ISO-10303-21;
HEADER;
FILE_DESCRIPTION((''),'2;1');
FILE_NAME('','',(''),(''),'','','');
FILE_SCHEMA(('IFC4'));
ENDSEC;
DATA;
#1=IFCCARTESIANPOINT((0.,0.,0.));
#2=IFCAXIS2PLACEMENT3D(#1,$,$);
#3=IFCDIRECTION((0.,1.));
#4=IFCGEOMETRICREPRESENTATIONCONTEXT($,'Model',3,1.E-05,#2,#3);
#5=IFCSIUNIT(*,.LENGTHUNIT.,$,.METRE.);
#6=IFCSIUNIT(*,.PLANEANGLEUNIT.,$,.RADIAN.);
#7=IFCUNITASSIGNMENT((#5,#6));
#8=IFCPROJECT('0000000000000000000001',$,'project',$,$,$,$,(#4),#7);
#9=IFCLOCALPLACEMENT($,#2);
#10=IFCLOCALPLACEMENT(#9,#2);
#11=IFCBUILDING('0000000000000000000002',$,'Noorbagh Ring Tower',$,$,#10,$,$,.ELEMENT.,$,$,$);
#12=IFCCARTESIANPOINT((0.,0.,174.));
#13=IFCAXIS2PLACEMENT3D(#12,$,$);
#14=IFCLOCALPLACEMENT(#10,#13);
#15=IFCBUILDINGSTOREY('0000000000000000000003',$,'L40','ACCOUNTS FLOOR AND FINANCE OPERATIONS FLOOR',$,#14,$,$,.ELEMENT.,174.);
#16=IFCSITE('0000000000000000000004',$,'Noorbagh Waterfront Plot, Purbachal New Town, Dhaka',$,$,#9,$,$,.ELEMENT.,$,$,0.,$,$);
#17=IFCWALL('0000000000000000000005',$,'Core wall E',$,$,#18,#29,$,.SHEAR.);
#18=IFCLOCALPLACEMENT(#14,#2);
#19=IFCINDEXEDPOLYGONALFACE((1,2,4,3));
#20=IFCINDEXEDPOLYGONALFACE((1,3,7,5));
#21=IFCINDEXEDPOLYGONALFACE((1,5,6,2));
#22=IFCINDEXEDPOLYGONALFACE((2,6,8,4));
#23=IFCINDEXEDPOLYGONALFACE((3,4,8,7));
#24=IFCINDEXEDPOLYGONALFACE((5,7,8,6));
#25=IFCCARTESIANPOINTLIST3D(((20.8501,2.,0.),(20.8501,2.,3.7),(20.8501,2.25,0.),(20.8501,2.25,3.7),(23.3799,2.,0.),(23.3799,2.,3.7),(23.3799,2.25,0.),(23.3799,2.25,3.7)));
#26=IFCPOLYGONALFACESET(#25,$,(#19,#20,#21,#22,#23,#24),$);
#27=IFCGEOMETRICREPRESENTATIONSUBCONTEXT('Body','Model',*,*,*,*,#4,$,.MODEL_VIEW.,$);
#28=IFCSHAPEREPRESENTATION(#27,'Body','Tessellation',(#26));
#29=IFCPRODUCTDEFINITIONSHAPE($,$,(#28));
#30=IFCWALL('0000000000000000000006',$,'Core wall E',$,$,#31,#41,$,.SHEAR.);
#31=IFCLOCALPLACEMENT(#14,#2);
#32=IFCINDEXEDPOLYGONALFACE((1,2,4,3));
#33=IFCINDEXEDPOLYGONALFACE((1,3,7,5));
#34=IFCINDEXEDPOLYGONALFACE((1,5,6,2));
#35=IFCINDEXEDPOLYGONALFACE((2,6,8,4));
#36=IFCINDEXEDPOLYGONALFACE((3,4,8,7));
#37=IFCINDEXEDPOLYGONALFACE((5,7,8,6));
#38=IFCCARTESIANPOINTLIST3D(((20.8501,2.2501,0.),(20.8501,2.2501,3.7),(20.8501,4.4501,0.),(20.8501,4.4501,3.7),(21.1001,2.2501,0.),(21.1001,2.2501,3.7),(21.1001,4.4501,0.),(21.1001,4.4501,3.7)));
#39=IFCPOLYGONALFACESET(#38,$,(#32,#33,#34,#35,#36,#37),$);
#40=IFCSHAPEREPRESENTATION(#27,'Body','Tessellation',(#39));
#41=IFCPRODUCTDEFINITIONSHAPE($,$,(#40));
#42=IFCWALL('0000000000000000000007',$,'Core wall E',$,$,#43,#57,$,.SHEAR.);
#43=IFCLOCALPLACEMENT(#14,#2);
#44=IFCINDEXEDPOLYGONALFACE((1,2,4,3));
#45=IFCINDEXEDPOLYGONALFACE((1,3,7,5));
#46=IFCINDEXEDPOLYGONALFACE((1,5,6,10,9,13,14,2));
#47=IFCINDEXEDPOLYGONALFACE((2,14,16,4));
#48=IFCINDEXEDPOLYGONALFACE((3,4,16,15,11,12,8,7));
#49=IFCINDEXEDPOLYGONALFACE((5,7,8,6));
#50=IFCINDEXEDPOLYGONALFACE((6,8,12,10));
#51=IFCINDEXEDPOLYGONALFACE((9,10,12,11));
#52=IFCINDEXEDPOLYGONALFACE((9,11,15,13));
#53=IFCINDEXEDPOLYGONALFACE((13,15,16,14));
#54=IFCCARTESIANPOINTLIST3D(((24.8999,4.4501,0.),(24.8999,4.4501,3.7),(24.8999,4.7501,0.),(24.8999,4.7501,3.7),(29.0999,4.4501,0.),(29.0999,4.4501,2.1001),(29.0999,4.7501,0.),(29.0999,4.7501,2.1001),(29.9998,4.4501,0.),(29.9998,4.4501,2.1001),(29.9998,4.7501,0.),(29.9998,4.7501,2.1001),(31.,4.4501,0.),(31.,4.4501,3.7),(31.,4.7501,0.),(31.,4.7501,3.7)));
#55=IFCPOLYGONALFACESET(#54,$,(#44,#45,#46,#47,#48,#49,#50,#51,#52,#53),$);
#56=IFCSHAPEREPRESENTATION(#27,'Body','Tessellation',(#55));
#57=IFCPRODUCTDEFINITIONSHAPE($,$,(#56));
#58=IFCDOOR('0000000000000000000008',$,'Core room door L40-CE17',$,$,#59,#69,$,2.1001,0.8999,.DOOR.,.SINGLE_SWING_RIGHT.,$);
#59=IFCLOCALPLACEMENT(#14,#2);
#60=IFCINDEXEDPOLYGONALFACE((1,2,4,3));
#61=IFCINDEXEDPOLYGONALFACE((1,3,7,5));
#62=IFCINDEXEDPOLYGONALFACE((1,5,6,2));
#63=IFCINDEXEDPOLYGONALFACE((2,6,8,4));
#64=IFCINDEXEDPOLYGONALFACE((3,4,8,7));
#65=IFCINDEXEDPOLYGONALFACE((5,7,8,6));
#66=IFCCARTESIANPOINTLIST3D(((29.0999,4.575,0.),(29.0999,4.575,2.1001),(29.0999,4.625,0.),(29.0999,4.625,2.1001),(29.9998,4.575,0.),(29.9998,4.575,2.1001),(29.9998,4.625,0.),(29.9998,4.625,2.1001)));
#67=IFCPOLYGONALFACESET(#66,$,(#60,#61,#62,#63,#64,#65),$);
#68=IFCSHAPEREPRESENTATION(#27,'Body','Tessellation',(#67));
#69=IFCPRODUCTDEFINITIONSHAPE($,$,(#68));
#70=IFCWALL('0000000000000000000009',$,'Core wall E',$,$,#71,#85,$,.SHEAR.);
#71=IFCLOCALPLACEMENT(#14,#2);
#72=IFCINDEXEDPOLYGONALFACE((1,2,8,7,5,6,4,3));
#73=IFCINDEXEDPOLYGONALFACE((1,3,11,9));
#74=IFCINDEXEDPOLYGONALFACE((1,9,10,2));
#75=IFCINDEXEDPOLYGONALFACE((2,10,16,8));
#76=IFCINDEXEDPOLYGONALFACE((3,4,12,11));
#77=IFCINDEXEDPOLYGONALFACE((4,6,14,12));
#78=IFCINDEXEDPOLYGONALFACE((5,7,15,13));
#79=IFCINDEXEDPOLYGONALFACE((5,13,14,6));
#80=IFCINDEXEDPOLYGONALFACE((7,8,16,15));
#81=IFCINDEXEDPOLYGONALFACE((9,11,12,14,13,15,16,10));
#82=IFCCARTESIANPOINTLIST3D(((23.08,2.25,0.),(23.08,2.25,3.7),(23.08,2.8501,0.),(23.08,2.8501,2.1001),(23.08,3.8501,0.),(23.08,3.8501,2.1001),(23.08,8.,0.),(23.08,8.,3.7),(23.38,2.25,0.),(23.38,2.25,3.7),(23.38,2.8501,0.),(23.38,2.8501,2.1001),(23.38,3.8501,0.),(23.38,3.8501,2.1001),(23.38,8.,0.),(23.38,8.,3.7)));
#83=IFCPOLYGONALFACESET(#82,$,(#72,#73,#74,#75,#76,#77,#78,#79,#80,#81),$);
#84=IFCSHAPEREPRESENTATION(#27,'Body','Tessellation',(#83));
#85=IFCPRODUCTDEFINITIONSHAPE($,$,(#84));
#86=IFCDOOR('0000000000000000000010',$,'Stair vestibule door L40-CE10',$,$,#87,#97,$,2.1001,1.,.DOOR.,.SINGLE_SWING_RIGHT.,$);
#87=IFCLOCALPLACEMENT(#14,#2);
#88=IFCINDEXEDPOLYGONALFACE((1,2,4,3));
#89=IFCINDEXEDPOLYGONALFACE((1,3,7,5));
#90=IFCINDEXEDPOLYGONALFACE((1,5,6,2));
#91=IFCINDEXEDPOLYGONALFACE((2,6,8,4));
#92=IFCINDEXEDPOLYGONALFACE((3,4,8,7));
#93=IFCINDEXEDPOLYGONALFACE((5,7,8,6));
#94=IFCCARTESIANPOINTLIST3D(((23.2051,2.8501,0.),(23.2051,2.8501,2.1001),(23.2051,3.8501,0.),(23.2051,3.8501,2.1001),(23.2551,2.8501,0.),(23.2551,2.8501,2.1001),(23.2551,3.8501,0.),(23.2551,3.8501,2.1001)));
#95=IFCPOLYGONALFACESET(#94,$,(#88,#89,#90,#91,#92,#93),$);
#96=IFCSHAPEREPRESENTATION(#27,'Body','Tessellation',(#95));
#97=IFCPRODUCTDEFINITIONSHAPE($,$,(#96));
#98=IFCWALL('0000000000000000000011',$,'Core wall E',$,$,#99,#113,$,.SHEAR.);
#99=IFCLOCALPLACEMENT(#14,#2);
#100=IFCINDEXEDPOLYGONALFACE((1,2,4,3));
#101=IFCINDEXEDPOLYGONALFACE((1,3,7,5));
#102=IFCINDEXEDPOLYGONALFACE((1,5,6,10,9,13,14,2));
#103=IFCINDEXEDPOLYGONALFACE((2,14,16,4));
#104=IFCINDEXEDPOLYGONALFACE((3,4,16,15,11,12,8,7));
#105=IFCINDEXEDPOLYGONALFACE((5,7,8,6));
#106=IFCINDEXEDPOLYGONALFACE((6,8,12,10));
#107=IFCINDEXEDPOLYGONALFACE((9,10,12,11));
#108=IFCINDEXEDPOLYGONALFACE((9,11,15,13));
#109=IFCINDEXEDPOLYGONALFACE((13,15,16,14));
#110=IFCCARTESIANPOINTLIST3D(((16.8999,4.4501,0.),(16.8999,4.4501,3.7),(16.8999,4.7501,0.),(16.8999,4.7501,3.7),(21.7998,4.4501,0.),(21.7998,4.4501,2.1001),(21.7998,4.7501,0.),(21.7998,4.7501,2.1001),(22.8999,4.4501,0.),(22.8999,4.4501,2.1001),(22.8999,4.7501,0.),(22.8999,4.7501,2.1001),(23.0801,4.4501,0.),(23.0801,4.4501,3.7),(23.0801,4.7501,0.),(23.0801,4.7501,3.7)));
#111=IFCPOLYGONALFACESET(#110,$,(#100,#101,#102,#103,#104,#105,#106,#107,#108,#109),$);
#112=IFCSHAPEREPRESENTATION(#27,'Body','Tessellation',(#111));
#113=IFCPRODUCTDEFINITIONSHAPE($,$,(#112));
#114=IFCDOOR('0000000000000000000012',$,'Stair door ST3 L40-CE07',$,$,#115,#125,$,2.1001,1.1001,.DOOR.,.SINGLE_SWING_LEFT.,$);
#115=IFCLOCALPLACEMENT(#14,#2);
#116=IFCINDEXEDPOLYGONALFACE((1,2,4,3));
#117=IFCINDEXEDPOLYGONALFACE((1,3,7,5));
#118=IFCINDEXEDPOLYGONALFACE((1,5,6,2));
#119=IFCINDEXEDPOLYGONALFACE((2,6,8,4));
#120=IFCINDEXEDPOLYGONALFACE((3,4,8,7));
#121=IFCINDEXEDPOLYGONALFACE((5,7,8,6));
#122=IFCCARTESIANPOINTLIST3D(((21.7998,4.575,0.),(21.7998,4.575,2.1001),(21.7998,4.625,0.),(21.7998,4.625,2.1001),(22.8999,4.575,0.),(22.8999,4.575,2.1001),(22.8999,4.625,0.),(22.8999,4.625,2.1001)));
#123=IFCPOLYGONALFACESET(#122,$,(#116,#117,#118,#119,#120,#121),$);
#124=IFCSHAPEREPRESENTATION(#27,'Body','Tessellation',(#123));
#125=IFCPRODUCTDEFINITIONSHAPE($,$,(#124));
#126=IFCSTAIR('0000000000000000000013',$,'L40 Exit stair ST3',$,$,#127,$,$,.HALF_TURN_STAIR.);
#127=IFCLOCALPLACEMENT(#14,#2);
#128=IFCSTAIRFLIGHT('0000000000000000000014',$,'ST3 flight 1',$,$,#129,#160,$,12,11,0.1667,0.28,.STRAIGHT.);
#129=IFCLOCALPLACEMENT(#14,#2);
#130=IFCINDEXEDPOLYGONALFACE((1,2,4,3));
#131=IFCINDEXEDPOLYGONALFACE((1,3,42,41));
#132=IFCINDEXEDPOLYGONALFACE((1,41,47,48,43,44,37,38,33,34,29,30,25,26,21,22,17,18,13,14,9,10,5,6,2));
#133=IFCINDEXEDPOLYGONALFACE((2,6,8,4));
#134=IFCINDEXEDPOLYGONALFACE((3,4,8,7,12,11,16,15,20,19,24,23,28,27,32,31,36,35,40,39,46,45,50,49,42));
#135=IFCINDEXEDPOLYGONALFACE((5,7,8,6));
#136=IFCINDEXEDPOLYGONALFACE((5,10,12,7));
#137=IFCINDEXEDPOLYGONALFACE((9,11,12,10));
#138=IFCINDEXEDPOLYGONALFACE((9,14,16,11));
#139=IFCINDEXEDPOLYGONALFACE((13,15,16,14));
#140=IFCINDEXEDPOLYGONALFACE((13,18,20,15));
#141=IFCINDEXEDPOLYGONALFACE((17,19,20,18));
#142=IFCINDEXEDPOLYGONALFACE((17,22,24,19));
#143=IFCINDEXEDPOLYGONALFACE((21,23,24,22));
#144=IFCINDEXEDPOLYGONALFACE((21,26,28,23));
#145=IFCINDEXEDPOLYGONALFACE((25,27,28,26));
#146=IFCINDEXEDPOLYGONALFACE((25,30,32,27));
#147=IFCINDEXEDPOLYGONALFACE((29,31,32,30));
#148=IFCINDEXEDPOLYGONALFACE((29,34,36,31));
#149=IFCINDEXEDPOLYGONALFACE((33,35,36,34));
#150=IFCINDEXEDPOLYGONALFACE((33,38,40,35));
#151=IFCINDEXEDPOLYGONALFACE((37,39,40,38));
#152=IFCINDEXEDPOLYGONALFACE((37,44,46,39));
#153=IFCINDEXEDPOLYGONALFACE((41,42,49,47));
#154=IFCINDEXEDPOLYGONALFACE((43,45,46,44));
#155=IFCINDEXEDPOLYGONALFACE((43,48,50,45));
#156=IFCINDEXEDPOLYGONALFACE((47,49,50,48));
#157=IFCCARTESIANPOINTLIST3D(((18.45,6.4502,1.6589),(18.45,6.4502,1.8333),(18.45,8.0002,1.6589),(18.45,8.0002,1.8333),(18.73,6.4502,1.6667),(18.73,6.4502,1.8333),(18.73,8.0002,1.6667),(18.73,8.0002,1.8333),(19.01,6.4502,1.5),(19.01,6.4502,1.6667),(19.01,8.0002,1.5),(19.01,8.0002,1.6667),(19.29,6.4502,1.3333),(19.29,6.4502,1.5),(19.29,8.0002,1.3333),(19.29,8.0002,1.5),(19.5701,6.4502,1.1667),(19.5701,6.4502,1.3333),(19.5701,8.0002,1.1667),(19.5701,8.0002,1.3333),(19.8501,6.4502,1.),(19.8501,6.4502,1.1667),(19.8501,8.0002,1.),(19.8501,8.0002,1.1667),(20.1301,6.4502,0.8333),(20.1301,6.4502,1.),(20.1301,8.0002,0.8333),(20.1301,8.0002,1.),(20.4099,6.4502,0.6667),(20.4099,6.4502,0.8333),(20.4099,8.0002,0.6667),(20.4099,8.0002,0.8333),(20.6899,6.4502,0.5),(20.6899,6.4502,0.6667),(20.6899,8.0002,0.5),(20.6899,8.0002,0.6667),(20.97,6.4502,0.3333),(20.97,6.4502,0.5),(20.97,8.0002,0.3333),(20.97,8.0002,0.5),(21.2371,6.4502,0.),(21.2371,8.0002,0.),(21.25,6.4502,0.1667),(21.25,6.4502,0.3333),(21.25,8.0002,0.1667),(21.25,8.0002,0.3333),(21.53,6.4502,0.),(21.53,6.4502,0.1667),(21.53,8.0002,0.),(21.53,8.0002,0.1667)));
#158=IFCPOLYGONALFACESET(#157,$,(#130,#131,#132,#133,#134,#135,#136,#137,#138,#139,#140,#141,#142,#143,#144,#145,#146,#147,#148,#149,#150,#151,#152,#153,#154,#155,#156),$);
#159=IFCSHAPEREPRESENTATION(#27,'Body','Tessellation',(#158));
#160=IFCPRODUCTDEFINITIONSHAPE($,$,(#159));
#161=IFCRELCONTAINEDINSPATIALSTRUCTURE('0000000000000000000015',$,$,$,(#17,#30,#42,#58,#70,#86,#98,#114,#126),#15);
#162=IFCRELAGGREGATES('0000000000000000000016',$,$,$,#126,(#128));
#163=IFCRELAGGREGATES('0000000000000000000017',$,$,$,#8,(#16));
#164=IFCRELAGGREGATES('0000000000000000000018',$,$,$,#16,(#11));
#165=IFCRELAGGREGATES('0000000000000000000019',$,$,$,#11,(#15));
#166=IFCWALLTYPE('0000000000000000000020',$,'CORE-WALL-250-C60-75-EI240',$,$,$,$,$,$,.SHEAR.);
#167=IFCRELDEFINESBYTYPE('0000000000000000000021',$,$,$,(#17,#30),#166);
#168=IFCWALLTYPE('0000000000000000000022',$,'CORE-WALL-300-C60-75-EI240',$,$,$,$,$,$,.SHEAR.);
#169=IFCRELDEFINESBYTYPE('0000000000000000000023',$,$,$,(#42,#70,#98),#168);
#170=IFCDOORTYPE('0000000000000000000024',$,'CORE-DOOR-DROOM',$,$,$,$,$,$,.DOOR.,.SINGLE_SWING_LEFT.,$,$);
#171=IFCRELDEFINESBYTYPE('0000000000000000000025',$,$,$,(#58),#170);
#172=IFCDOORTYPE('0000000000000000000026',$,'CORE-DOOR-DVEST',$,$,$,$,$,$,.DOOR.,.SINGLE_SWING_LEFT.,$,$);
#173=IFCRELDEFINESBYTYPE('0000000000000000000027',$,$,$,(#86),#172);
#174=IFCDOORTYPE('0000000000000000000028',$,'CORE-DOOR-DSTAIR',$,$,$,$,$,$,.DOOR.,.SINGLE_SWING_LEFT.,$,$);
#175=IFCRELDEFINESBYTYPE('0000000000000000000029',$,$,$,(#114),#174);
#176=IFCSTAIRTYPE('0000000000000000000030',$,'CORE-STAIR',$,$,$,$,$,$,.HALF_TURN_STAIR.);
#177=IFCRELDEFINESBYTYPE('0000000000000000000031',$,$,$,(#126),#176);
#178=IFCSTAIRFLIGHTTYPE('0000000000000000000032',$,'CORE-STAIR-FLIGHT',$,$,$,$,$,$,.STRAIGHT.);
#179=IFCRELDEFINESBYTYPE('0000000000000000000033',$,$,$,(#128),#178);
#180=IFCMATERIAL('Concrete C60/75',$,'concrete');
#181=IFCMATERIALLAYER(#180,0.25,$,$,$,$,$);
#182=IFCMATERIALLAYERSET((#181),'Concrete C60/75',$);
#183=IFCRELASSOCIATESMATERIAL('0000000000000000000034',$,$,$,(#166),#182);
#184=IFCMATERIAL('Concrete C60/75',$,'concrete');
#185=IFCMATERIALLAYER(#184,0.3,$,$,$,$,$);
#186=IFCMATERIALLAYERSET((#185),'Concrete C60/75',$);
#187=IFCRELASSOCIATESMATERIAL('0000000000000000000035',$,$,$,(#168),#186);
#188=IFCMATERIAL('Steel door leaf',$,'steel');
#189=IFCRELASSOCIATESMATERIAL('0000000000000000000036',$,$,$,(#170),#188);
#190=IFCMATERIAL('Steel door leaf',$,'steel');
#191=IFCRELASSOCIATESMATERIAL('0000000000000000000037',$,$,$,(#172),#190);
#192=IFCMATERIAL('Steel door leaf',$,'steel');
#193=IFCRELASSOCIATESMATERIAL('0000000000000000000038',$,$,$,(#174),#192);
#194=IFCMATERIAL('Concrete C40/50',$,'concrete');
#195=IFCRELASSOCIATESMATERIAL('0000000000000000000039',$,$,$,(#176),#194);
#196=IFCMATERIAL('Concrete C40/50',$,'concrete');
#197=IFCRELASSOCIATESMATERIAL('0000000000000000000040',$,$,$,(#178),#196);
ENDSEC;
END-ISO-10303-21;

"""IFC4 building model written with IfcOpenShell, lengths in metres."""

from ifc_helpers import new_model, si_unit, direction, frame, frame_2d, origin, place, context, subcontext, project, spatial, polyline, rectangle, outline, extrude, material, layer, layer_set, type_object, element, fill, aggregate, save


model = new_model("IFC4")

# Units and contexts
model_context = context("Model", 3, precision=1e-05, world=origin(), true_north=direction((0.0, 1.0)))
body_context = subcontext(model_context, "Body", "Model", "MODEL_VIEW")
ifc_project = project(units=[si_unit("LENGTHUNIT", "METRE"), si_unit("PLANEANGLEUNIT", "RADIAN")], contexts=[model_context])

# Site, building, storey
site_placement = place(None, origin())
site = spatial("IfcSite", under=ifc_project, at=site_placement, Name="Noorbagh Waterfront Plot, Purbachal New Town, Dhaka", CompositionType="ELEMENT", RefElevation=0.0)
building_placement = place(site_placement, origin())
building = spatial("IfcBuilding", under=site, at=building_placement, Name="Noorbagh Ring Tower", CompositionType="ELEMENT")
storey_placement = place(building_placement, frame((0.0, 0.0, 174.0)))
storey = spatial("IfcBuildingStorey", under=building, at=storey_placement, Name="L40", Description="ACCOUNTS FLOOR AND FINANCE OPERATIONS FLOOR", CompositionType="ELEMENT", Elevation=174.0)

# Walls
ifc_material_1 = material(Name="Concrete C60/75", Category="concrete")
ifc_layer_1 = layer(ifc_material_1, 0.25)
ifc_layer_set_1 = layer_set([ifc_layer_1], Name="Concrete C60/75")
wall_type_1 = type_object("IfcWallType", Name="CORE-WALL-250-C60-75-EI240", PredefinedType="SHEAR", material=ifc_layer_set_1)
wall_1_placement = place(storey_placement, frame((20.8501, 2.125, 0.0), z_axis=(0.0, 0.0, 1.0), x_axis=(1.0, 0.0, 0.0)))
element("IfcWall", 1, at=wall_1_placement, inside=storey, type_object=wall_type_1, Name="Core wall E", PredefinedType="SHEAR", context=body_context, shape_type="SweptSolid", body=[
    extrude(rectangle(XDim=2.5298, YDim=0.25, at=frame_2d((1.2649, 0.0))), origin(), (0.0, 0.0, 1.0), 3.7),
])
wall_2_placement = place(storey_placement, frame((20.9751, 2.25, 0.0), z_axis=(0.0, 0.0, 1.0), x_axis=(0.0, 1.0, 0.0)))
element("IfcWall", 2, at=wall_2_placement, inside=storey, type_object=wall_type_1, Name="Core wall E", PredefinedType="SHEAR", context=body_context, shape_type="SweptSolid", body=[
    extrude(rectangle(XDim=2.2, YDim=0.25, at=frame_2d((1.1001, 0.0))), origin(), (0.0, 0.0, 1.0), 3.7),
])

# Walls, openings, doors
ifc_material_2 = material(Name="Concrete C60/75", Category="concrete")
ifc_layer_2 = layer(ifc_material_2, 0.3)
ifc_layer_set_2 = layer_set([ifc_layer_2], Name="Concrete C60/75")
wall_type_2 = type_object("IfcWallType", Name="CORE-WALL-300-C60-75-EI240", PredefinedType="SHEAR", material=ifc_layer_set_2)
wall_3_placement = place(storey_placement, frame((24.8999, 4.6001, 0.0), z_axis=(0.0, 0.0, 1.0), x_axis=(1.0, 0.0, 0.0)))
wall_3 = element("IfcWall", 3, at=wall_3_placement, inside=storey, type_object=wall_type_2, Name="Core wall E", PredefinedType="SHEAR", context=body_context, shape_type="SweptSolid", body=[
    extrude(rectangle(XDim=6.1001, YDim=0.3, at=frame_2d((3.05, 0.0))), origin(), (0.0, 0.0, 1.0), 3.7),
])
opening_1_placement = place(wall_3_placement, frame((4.2, 0.0, 0.0)))
opening_1 = element("IfcOpeningElement", 4, at=opening_1_placement, cuts=wall_3, PredefinedType="OPENING", context=body_context, shape_type="SweptSolid", body=[
    extrude(rectangle(XDim=0.8999, YDim=2.1001, at=frame_2d((0.45, 1.05))), frame((0.0, 0.1602, 0.0), z_axis=(0.0, -1.0, 0.0), x_axis=(1.0, 0.0, 0.0)), (0.0, 0.0, 1.0), 0.3201),
])
ifc_material_3 = material(Name="Steel door leaf", Category="steel")
door_type_1 = type_object("IfcDoorType", Name="CORE-DOOR-DROOM", OperationType="SINGLE_SWING_LEFT", PredefinedType="DOOR", material=ifc_material_3)
door_1_placement = place(opening_1_placement, origin())
door_1 = element("IfcDoor", 5, at=door_1_placement, inside=storey, type_object=door_type_1, Name="Core room door L40-CE17", OperationType="SINGLE_SWING_RIGHT", OverallHeight=2.1001, OverallWidth=0.8999, PredefinedType="DOOR", context=body_context, shape_type="SweptSolid", body=[
    extrude(rectangle(XDim=0.8999, YDim=2.1001, at=frame_2d((0.45, 1.05))), frame((0.0, 0.0249, 0.0), z_axis=(0.0, -1.0, 0.0), x_axis=(1.0, 0.0, 0.0)), (0.0, 0.0, 1.0), 0.05),
])
fill(opening_1, door_1)
wall_4_placement = place(storey_placement, frame((23.23, 2.25, 0.0), z_axis=(0.0, 0.0, 1.0), x_axis=(0.0, 1.0, 0.0)))
wall_4 = element("IfcWall", 6, at=wall_4_placement, inside=storey, type_object=wall_type_2, Name="Core wall E", PredefinedType="SHEAR", context=body_context, shape_type="SweptSolid", body=[
    extrude(rectangle(XDim=5.75, YDim=0.3, at=frame_2d((2.875, 0.0))), origin(), (0.0, 0.0, 1.0), 3.7),
])
opening_2_placement = place(wall_4_placement, frame((0.6001, 0.0, 0.0)))
opening_2 = element("IfcOpeningElement", 7, at=opening_2_placement, cuts=wall_4, PredefinedType="OPENING", context=body_context, shape_type="SweptSolid", body=[
    extrude(rectangle(XDim=1.0, YDim=2.1001, at=frame_2d((0.5, 1.05))), frame((0.0, 0.1602, 0.0), z_axis=(0.0, -1.0, 0.0), x_axis=(1.0, 0.0, 0.0)), (0.0, 0.0, 1.0), 0.3201),
])
ifc_material_4 = material(Name="Steel door leaf", Category="steel")
door_type_2 = type_object("IfcDoorType", Name="CORE-DOOR-DVEST", OperationType="SINGLE_SWING_LEFT", PredefinedType="DOOR", material=ifc_material_4)
door_2_placement = place(opening_2_placement, origin())
door_2 = element("IfcDoor", 8, at=door_2_placement, inside=storey, type_object=door_type_2, Name="Stair vestibule door L40-CE10", OperationType="SINGLE_SWING_RIGHT", OverallHeight=2.1001, OverallWidth=1.0, PredefinedType="DOOR", context=body_context, shape_type="SweptSolid", body=[
    extrude(rectangle(XDim=1.0, YDim=2.1001, at=frame_2d((0.5, 1.05))), frame((0.0, 0.0249, 0.0), z_axis=(0.0, -1.0, 0.0), x_axis=(1.0, 0.0, 0.0)), (0.0, 0.0, 1.0), 0.05),
])
fill(opening_2, door_2)
wall_5_placement = place(storey_placement, frame((16.8999, 4.6001, 0.0), z_axis=(0.0, 0.0, 1.0), x_axis=(1.0, 0.0, 0.0)))
wall_5 = element("IfcWall", 9, at=wall_5_placement, inside=storey, type_object=wall_type_2, Name="Core wall E", PredefinedType="SHEAR", context=body_context, shape_type="SweptSolid", body=[
    extrude(rectangle(XDim=6.1802, YDim=0.3, at=frame_2d((3.0901, 0.0))), origin(), (0.0, 0.0, 1.0), 3.7),
])
opening_3_placement = place(wall_5_placement, frame((4.8999, 0.0, 0.0)))
opening_3 = element("IfcOpeningElement", 10, at=opening_3_placement, cuts=wall_5, PredefinedType="OPENING", context=body_context, shape_type="SweptSolid", body=[
    extrude(rectangle(XDim=1.1001, YDim=2.1001, at=frame_2d((0.55, 1.05))), frame((0.0, 0.1602, 0.0), z_axis=(0.0, -1.0, 0.0), x_axis=(1.0, 0.0, 0.0)), (0.0, 0.0, 1.0), 0.3201),
])
ifc_material_5 = material(Name="Steel door leaf", Category="steel")
door_type_3 = type_object("IfcDoorType", Name="CORE-DOOR-DSTAIR", OperationType="SINGLE_SWING_LEFT", PredefinedType="DOOR", material=ifc_material_5)
door_3_placement = place(opening_3_placement, origin())
door_3 = element("IfcDoor", 11, at=door_3_placement, inside=storey, type_object=door_type_3, Name="Stair door ST3 L40-CE07", OperationType="SINGLE_SWING_LEFT", OverallHeight=2.1001, OverallWidth=1.1001, PredefinedType="DOOR", context=body_context, shape_type="SweptSolid", body=[
    extrude(rectangle(XDim=1.1001, YDim=2.1001, at=frame_2d((0.55, 1.05))), frame((0.0, 0.0249, 0.0), z_axis=(0.0, -1.0, 0.0), x_axis=(1.0, 0.0, 0.0)), (0.0, 0.0, 1.0), 0.05),
])
fill(opening_3, door_3)

# Stair, stair flight
ifc_material_6 = material(Name="Concrete C40/50", Category="concrete")
stair_type = type_object("IfcStairType", Name="CORE-STAIR", PredefinedType="HALF_TURN_STAIR", material=ifc_material_6)
stair_placement = place(storey_placement, origin())
stair = element("IfcStair", 12, at=stair_placement, inside=storey, type_object=stair_type, Name="L40 Exit stair ST3", PredefinedType="HALF_TURN_STAIR")
ifc_material_7 = material(Name="Concrete C40/50", Category="concrete")
stair_flight_type = type_object("IfcStairFlightType", Name="CORE-STAIR-FLIGHT", PredefinedType="STRAIGHT", material=ifc_material_7)
stair_flight_1_placement = place(storey_placement, frame((21.53, 7.2251, 0.0), z_axis=(0.0, 0.0, 1.0), x_axis=(-1.0, 0.0, 0.0)))
stair_flight_1 = element("IfcStairFlight", 13, at=stair_flight_1_placement, type_object=stair_flight_type, Name="ST3 flight 1", NumberOfRisers=12, NumberOfTreads=11, PredefinedType="STRAIGHT", RiserHeight=0.1667, TreadLength=0.28, context=body_context, shape_type="SweptSolid", body=[
    extrude(outline(polyline([(0.0, 0.0), (0.0, 0.1667), (0.28, 0.1667), (0.28, 0.3333), (0.5601, 0.3333), (0.5601, 0.5), (0.8401, 0.5), (0.8401, 0.6667), (1.1201, 0.6667), (1.1201, 0.8333), (1.3999, 0.8333), (1.3999, 1.0), (1.6799, 1.0), (1.6799, 1.1667), (1.96, 1.1667), (1.96, 1.3333), (2.24, 1.3333), (2.24, 1.5), (2.52, 1.5), (2.52, 1.6667), (2.8, 1.6667), (2.8, 1.8333), (3.0801, 1.8333), (3.0801, 2.0), (3.0801, 1.6589), (0.293, 0.0), (0.0, 0.0)])), frame((0.0, 0.7749, 0.0), z_axis=(0.0, -1.0, 0.0), x_axis=(1.0, 0.0, 0.0)), (0.0, 0.0, 1.0), 1.55),
])
aggregate(stair, [stair_flight_1])

save(model, "model.ifc")
